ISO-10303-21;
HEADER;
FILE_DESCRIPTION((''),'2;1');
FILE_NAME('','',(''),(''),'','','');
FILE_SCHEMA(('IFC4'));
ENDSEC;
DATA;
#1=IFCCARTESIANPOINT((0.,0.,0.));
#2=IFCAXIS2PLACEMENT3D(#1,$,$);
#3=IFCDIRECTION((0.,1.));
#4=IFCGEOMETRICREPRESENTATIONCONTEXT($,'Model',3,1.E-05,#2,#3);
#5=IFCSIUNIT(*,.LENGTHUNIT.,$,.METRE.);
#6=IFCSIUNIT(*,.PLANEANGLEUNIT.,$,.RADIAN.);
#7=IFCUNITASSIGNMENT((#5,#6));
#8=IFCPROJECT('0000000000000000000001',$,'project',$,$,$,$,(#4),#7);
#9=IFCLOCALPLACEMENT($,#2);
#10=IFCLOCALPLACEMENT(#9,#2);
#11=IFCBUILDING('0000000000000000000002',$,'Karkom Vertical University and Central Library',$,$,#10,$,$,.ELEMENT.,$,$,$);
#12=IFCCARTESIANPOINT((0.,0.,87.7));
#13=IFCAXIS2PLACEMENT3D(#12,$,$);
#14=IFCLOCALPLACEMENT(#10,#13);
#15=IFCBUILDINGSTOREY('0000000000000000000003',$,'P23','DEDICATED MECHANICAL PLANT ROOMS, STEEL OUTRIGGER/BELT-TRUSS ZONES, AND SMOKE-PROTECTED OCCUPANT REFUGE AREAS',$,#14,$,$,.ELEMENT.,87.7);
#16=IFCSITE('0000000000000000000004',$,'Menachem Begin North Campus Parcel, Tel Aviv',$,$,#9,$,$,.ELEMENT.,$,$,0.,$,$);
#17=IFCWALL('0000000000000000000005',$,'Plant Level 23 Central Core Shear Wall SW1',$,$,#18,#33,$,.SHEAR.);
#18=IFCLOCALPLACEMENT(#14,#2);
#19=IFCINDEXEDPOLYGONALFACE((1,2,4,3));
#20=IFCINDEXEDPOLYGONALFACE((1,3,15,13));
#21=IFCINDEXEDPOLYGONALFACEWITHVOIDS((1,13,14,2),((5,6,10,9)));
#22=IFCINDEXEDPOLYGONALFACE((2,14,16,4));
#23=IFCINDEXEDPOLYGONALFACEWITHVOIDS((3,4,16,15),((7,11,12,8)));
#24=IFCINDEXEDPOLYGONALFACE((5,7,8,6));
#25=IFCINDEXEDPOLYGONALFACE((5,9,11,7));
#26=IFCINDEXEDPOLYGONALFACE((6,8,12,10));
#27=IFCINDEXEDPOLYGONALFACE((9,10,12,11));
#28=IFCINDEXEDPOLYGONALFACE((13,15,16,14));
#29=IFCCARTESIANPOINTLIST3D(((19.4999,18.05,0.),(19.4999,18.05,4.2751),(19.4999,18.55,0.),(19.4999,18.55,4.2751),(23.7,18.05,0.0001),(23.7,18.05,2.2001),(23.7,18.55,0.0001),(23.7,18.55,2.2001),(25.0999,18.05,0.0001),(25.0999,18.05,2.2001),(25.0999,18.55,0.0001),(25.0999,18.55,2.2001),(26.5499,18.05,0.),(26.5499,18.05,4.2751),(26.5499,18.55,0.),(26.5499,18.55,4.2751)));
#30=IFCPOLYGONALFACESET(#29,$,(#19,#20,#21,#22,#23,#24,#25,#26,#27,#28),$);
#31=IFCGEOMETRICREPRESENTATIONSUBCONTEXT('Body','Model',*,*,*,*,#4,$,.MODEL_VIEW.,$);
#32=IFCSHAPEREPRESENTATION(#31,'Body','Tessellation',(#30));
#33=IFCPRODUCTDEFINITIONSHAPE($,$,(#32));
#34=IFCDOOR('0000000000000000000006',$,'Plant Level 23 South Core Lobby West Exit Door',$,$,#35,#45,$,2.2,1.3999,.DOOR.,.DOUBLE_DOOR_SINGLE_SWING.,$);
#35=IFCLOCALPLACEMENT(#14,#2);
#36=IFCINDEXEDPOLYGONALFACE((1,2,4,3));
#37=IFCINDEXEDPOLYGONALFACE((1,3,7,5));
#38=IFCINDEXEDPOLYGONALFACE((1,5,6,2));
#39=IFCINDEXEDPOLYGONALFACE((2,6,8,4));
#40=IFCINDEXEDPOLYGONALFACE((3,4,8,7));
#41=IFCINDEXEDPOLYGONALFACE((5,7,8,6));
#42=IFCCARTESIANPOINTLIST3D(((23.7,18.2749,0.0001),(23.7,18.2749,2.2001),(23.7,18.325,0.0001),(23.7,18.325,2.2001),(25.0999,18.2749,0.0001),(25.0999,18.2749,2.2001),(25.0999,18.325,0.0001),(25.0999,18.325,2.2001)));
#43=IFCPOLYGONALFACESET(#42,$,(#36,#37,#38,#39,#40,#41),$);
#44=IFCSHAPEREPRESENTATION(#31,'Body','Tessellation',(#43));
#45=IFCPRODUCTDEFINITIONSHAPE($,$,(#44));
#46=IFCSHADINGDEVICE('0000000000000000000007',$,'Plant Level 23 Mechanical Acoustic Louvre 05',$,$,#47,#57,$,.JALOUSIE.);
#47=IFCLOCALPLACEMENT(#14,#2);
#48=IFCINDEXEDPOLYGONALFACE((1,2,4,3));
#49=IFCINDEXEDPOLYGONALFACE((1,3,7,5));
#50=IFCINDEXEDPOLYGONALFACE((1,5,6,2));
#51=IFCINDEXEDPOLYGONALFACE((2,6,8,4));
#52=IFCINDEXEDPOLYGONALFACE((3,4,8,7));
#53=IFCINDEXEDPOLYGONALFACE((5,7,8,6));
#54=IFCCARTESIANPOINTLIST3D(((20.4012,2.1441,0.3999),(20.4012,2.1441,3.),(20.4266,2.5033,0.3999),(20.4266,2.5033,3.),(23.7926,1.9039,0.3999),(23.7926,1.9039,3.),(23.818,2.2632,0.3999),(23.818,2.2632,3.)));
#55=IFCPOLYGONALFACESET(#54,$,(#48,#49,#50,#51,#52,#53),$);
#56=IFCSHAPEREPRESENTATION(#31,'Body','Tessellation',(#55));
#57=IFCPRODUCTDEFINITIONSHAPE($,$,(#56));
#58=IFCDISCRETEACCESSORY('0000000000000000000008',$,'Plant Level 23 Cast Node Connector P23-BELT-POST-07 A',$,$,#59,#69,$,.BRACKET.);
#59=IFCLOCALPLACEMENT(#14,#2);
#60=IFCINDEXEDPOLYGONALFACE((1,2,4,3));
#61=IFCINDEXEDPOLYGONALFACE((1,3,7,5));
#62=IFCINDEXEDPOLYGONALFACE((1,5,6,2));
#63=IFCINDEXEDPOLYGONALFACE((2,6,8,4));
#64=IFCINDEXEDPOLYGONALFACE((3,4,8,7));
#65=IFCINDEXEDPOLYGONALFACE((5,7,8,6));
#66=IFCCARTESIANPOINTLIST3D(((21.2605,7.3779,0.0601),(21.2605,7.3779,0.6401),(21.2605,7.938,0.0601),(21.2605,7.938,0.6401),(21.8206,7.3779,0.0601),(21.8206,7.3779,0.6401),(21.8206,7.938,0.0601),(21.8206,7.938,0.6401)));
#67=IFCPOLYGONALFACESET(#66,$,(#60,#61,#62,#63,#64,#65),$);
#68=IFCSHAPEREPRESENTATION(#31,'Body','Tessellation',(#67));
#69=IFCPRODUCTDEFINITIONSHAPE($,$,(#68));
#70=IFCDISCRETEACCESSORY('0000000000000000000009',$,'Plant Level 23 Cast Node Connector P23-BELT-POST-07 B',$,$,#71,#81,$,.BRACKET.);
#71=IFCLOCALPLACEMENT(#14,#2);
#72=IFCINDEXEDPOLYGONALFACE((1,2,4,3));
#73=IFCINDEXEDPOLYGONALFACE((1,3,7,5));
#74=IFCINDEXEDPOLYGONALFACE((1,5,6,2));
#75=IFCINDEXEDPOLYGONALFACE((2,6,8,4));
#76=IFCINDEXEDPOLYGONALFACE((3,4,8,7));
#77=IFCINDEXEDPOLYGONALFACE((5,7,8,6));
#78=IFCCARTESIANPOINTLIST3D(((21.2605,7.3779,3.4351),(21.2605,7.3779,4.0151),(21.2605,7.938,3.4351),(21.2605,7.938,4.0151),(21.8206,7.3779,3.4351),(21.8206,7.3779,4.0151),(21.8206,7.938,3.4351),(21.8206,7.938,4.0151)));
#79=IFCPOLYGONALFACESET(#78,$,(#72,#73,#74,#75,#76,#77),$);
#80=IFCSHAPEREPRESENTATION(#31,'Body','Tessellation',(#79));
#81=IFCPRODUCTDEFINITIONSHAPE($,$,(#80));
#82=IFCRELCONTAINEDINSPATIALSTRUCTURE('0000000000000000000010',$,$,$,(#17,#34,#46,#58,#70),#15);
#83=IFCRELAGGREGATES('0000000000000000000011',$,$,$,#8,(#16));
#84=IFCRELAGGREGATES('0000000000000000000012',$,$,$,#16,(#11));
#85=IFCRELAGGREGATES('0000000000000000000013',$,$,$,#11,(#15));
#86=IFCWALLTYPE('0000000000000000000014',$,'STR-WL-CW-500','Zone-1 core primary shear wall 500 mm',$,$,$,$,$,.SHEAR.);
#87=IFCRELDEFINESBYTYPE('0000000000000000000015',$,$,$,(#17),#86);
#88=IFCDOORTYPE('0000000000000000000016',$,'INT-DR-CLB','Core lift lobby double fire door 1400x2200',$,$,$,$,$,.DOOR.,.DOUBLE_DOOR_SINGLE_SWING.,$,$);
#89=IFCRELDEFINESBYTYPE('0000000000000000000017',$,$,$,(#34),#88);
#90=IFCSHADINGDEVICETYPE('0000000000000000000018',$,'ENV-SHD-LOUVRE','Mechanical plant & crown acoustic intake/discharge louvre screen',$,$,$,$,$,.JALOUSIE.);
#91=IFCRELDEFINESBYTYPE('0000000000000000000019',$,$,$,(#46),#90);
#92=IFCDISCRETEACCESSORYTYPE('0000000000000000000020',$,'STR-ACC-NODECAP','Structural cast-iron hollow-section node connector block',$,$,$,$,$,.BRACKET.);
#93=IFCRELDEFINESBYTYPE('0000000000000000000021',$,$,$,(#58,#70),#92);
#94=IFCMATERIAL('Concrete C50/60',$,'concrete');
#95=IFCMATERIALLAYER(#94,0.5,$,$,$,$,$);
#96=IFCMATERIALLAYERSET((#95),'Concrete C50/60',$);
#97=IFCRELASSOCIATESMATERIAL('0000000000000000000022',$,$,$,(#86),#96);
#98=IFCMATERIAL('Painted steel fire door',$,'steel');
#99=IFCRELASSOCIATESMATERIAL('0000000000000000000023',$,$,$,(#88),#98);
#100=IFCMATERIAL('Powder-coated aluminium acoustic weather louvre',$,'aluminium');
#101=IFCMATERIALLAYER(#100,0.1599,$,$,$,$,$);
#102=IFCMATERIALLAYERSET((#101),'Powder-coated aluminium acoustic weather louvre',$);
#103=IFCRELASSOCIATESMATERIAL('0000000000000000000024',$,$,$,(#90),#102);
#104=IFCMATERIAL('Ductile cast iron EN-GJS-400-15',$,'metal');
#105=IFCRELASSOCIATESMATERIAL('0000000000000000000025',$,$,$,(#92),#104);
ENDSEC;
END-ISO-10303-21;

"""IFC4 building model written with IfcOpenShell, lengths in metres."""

from ifc_helpers import new_model, si_unit, direction, frame, frame_2d, origin, origin_with_axes, origin_2d, place, context, subcontext, project, spatial, rectangle, extrude, source, transform, mapped, material, layer, layer_set, type_object, element, fill, save


model = new_model("IFC4")

# Units and contexts
model_context = context("Model", 3, precision=1e-05, world=origin(), true_north=direction((0.0, 1.0)))
body_context = subcontext(model_context, "Body", "Model", "MODEL_VIEW")
ifc_project = project(units=[si_unit("LENGTHUNIT", "METRE"), si_unit("PLANEANGLEUNIT", "RADIAN")], contexts=[model_context])

# Site, building, storey
site_placement = place(None, origin())
site = spatial("IfcSite", under=ifc_project, at=site_placement, Name="Menachem Begin North Campus Parcel, Tel Aviv", CompositionType="ELEMENT", RefElevation=0.0)
building_placement = place(site_placement, origin())
building = spatial("IfcBuilding", under=site, at=building_placement, Name="Karkom Vertical University and Central Library", CompositionType="ELEMENT")
storey_placement = place(building_placement, frame((0.0, 0.0, 87.7)))
storey = spatial("IfcBuildingStorey", under=building, at=storey_placement, Name="P23", Description="DEDICATED MECHANICAL PLANT ROOMS, STEEL OUTRIGGER/BELT-TRUSS ZONES, AND SMOKE-PROTECTED OCCUPANT REFUGE AREAS", CompositionType="ELEMENT", Elevation=87.7)

# Shared definitions
ifc_material_1 = material(Name="Concrete C50/60", Category="concrete")

# Wall, opening, door
ifc_layer_1 = layer(ifc_material_1, 0.5)
ifc_layer_set_1 = layer_set([ifc_layer_1], Name="Concrete C50/60")
wall_type_1 = type_object("IfcWallType", Name="STR-WL-CW-500", Description="Zone-1 core primary shear wall 500 mm", PredefinedType="SHEAR", material=ifc_layer_set_1)
wall_1_placement = place(storey_placement, frame((19.5, 18.3, 0.0), z_axis=(0.0, 0.0, 1.0), x_axis=(1.0, 0.0, 0.0)))
wall_1 = element("IfcWall", 1, at=wall_1_placement, inside=storey, type_object=wall_type_1, Name="Plant Level 23 Central Core Shear Wall SW1", PredefinedType="SHEAR", context=body_context, shape_type="SweptSolid", body=[
    extrude(rectangle(XDim=7.05, YDim=0.5, at=frame_2d((3.5249, 0.0))), origin(), (0.0, 0.0, 1.0), 4.2751),
])
opening_placement = place(wall_1_placement, frame((4.2, 0.0, 0.0)))
opening = element("IfcOpeningElement", 2, at=opening_placement, cuts=wall_1, PredefinedType="OPENING", context=body_context, shape_type="SweptSolid", body=[
    extrude(rectangle(XDim=1.3999, YDim=2.2, at=frame_2d((0.7, 1.1001))), frame((0.0, 0.26, 0.0), z_axis=(0.0, -1.0, 0.0), x_axis=(1.0, 0.0, 0.0)), (0.0, 0.0, 1.0), 0.52),
])
ifc_material_2 = material(Name="Painted steel fire door", Category="steel")
door_type = type_object("IfcDoorType", Name="INT-DR-CLB", Description="Core lift lobby double fire door 1400x2200", OperationType="DOUBLE_DOOR_SINGLE_SWING", PredefinedType="DOOR", material=ifc_material_2)
shared_shape_1 = source(origin_with_axes(), body_context, "Body", "SweptSolid", [
    extrude(rectangle(XDim=1.3999, YDim=2.2, at=frame_2d((0.7, 1.1001))), frame((0.0, 0.0249, 0.0), z_axis=(0.0, -1.0, 0.0), x_axis=(1.0, 0.0, 0.0)), (0.0, 0.0, 1.0), 0.05),
])
door_placement = place(opening_placement, origin())
door = element("IfcDoor", 3, at=door_placement, inside=storey, type_object=door_type, Name="Plant Level 23 South Core Lobby West Exit Door", OperationType="DOUBLE_DOOR_SINGLE_SWING", OverallHeight=2.2, OverallWidth=1.3999, PredefinedType="DOOR", context=body_context, shape_type="MappedRepresentation", body=[
    mapped(shared_shape_1, transform((0.0, 0.0, 0.0), scale=1.0)),
])
fill(opening, door)

# Shading device
ifc_material_3 = material(Name="Powder-coated aluminium acoustic weather louvre", Category="aluminium")
ifc_layer_2 = layer(ifc_material_3, 0.1599)
ifc_layer_set_2 = layer_set([ifc_layer_2], Name="Powder-coated aluminium acoustic weather louvre")
shading_device_type = type_object("IfcShadingDeviceType", Name="ENV-SHD-LOUVRE", Description="Mechanical plant & crown acoustic intake/discharge louvre screen", PredefinedType="JALOUSIE", material=ifc_layer_set_2)
shared_shape_2 = source(origin_with_axes(), body_context, "Body", "SweptSolid", [
    extrude(rectangle(XDim=3.3999, YDim=0.3601, at=origin_2d()), origin(), (0.0, 0.0, 1.0), 2.6001),
])
shading_device_placement = place(storey_placement, frame((22.1096, 2.2036, 0.3999), z_axis=(0.0, 0.0, 1.0), x_axis=(0.997503, -0.070627, 0.0)))
element("IfcShadingDevice", 4, at=shading_device_placement, inside=storey, type_object=shading_device_type, Name="Plant Level 23 Mechanical Acoustic Louvre 05", PredefinedType="JALOUSIE", context=body_context, shape_type="MappedRepresentation", body=[
    mapped(shared_shape_2, transform((0.0, 0.0, 0.0), scale=1.0)),
])

# Discrete accessories
ifc_material_4 = material(Name="Ductile cast iron EN-GJS-400-15", Category="metal")
discrete_accessory_type = type_object("IfcDiscreteAccessoryType", Name="STR-ACC-NODECAP", Description="Structural cast-iron hollow-section node connector block", PredefinedType="BRACKET", material=ifc_material_4)
shared_shape_3 = source(origin_with_axes(), body_context, "Body", "SweptSolid", [
    extrude(rectangle(XDim=0.5601, YDim=0.5601, at=origin_2d()), origin(), (0.0, 0.0, 1.0), 0.5801),
])
for number, where, z_axis, x_axis, name in (
    (5, (21.5405, 7.658, 0.0601), (0.0, 0.0, 1.0), (1.0, 0.0, 0.0), "Plant Level 23 Cast Node Connector P23-BELT-POST-07 A"),
    (6, (21.5405, 7.658, 3.4351), (0.0, 0.0, 1.0), (1.0, 0.0, 0.0), "Plant Level 23 Cast Node Connector P23-BELT-POST-07 B"),
):
    element("IfcDiscreteAccessory", number, at=place(storey_placement, frame(where, z_axis=z_axis, x_axis=x_axis)), inside=storey, type_object=discrete_accessory_type, Name=name, PredefinedType="BRACKET", context=body_context, shape_type="MappedRepresentation", body=[
        mapped(shared_shape_3, transform((0.0, 0.0, 0.0), scale=1.0)),
    ])

save(model, "model.ifc")
